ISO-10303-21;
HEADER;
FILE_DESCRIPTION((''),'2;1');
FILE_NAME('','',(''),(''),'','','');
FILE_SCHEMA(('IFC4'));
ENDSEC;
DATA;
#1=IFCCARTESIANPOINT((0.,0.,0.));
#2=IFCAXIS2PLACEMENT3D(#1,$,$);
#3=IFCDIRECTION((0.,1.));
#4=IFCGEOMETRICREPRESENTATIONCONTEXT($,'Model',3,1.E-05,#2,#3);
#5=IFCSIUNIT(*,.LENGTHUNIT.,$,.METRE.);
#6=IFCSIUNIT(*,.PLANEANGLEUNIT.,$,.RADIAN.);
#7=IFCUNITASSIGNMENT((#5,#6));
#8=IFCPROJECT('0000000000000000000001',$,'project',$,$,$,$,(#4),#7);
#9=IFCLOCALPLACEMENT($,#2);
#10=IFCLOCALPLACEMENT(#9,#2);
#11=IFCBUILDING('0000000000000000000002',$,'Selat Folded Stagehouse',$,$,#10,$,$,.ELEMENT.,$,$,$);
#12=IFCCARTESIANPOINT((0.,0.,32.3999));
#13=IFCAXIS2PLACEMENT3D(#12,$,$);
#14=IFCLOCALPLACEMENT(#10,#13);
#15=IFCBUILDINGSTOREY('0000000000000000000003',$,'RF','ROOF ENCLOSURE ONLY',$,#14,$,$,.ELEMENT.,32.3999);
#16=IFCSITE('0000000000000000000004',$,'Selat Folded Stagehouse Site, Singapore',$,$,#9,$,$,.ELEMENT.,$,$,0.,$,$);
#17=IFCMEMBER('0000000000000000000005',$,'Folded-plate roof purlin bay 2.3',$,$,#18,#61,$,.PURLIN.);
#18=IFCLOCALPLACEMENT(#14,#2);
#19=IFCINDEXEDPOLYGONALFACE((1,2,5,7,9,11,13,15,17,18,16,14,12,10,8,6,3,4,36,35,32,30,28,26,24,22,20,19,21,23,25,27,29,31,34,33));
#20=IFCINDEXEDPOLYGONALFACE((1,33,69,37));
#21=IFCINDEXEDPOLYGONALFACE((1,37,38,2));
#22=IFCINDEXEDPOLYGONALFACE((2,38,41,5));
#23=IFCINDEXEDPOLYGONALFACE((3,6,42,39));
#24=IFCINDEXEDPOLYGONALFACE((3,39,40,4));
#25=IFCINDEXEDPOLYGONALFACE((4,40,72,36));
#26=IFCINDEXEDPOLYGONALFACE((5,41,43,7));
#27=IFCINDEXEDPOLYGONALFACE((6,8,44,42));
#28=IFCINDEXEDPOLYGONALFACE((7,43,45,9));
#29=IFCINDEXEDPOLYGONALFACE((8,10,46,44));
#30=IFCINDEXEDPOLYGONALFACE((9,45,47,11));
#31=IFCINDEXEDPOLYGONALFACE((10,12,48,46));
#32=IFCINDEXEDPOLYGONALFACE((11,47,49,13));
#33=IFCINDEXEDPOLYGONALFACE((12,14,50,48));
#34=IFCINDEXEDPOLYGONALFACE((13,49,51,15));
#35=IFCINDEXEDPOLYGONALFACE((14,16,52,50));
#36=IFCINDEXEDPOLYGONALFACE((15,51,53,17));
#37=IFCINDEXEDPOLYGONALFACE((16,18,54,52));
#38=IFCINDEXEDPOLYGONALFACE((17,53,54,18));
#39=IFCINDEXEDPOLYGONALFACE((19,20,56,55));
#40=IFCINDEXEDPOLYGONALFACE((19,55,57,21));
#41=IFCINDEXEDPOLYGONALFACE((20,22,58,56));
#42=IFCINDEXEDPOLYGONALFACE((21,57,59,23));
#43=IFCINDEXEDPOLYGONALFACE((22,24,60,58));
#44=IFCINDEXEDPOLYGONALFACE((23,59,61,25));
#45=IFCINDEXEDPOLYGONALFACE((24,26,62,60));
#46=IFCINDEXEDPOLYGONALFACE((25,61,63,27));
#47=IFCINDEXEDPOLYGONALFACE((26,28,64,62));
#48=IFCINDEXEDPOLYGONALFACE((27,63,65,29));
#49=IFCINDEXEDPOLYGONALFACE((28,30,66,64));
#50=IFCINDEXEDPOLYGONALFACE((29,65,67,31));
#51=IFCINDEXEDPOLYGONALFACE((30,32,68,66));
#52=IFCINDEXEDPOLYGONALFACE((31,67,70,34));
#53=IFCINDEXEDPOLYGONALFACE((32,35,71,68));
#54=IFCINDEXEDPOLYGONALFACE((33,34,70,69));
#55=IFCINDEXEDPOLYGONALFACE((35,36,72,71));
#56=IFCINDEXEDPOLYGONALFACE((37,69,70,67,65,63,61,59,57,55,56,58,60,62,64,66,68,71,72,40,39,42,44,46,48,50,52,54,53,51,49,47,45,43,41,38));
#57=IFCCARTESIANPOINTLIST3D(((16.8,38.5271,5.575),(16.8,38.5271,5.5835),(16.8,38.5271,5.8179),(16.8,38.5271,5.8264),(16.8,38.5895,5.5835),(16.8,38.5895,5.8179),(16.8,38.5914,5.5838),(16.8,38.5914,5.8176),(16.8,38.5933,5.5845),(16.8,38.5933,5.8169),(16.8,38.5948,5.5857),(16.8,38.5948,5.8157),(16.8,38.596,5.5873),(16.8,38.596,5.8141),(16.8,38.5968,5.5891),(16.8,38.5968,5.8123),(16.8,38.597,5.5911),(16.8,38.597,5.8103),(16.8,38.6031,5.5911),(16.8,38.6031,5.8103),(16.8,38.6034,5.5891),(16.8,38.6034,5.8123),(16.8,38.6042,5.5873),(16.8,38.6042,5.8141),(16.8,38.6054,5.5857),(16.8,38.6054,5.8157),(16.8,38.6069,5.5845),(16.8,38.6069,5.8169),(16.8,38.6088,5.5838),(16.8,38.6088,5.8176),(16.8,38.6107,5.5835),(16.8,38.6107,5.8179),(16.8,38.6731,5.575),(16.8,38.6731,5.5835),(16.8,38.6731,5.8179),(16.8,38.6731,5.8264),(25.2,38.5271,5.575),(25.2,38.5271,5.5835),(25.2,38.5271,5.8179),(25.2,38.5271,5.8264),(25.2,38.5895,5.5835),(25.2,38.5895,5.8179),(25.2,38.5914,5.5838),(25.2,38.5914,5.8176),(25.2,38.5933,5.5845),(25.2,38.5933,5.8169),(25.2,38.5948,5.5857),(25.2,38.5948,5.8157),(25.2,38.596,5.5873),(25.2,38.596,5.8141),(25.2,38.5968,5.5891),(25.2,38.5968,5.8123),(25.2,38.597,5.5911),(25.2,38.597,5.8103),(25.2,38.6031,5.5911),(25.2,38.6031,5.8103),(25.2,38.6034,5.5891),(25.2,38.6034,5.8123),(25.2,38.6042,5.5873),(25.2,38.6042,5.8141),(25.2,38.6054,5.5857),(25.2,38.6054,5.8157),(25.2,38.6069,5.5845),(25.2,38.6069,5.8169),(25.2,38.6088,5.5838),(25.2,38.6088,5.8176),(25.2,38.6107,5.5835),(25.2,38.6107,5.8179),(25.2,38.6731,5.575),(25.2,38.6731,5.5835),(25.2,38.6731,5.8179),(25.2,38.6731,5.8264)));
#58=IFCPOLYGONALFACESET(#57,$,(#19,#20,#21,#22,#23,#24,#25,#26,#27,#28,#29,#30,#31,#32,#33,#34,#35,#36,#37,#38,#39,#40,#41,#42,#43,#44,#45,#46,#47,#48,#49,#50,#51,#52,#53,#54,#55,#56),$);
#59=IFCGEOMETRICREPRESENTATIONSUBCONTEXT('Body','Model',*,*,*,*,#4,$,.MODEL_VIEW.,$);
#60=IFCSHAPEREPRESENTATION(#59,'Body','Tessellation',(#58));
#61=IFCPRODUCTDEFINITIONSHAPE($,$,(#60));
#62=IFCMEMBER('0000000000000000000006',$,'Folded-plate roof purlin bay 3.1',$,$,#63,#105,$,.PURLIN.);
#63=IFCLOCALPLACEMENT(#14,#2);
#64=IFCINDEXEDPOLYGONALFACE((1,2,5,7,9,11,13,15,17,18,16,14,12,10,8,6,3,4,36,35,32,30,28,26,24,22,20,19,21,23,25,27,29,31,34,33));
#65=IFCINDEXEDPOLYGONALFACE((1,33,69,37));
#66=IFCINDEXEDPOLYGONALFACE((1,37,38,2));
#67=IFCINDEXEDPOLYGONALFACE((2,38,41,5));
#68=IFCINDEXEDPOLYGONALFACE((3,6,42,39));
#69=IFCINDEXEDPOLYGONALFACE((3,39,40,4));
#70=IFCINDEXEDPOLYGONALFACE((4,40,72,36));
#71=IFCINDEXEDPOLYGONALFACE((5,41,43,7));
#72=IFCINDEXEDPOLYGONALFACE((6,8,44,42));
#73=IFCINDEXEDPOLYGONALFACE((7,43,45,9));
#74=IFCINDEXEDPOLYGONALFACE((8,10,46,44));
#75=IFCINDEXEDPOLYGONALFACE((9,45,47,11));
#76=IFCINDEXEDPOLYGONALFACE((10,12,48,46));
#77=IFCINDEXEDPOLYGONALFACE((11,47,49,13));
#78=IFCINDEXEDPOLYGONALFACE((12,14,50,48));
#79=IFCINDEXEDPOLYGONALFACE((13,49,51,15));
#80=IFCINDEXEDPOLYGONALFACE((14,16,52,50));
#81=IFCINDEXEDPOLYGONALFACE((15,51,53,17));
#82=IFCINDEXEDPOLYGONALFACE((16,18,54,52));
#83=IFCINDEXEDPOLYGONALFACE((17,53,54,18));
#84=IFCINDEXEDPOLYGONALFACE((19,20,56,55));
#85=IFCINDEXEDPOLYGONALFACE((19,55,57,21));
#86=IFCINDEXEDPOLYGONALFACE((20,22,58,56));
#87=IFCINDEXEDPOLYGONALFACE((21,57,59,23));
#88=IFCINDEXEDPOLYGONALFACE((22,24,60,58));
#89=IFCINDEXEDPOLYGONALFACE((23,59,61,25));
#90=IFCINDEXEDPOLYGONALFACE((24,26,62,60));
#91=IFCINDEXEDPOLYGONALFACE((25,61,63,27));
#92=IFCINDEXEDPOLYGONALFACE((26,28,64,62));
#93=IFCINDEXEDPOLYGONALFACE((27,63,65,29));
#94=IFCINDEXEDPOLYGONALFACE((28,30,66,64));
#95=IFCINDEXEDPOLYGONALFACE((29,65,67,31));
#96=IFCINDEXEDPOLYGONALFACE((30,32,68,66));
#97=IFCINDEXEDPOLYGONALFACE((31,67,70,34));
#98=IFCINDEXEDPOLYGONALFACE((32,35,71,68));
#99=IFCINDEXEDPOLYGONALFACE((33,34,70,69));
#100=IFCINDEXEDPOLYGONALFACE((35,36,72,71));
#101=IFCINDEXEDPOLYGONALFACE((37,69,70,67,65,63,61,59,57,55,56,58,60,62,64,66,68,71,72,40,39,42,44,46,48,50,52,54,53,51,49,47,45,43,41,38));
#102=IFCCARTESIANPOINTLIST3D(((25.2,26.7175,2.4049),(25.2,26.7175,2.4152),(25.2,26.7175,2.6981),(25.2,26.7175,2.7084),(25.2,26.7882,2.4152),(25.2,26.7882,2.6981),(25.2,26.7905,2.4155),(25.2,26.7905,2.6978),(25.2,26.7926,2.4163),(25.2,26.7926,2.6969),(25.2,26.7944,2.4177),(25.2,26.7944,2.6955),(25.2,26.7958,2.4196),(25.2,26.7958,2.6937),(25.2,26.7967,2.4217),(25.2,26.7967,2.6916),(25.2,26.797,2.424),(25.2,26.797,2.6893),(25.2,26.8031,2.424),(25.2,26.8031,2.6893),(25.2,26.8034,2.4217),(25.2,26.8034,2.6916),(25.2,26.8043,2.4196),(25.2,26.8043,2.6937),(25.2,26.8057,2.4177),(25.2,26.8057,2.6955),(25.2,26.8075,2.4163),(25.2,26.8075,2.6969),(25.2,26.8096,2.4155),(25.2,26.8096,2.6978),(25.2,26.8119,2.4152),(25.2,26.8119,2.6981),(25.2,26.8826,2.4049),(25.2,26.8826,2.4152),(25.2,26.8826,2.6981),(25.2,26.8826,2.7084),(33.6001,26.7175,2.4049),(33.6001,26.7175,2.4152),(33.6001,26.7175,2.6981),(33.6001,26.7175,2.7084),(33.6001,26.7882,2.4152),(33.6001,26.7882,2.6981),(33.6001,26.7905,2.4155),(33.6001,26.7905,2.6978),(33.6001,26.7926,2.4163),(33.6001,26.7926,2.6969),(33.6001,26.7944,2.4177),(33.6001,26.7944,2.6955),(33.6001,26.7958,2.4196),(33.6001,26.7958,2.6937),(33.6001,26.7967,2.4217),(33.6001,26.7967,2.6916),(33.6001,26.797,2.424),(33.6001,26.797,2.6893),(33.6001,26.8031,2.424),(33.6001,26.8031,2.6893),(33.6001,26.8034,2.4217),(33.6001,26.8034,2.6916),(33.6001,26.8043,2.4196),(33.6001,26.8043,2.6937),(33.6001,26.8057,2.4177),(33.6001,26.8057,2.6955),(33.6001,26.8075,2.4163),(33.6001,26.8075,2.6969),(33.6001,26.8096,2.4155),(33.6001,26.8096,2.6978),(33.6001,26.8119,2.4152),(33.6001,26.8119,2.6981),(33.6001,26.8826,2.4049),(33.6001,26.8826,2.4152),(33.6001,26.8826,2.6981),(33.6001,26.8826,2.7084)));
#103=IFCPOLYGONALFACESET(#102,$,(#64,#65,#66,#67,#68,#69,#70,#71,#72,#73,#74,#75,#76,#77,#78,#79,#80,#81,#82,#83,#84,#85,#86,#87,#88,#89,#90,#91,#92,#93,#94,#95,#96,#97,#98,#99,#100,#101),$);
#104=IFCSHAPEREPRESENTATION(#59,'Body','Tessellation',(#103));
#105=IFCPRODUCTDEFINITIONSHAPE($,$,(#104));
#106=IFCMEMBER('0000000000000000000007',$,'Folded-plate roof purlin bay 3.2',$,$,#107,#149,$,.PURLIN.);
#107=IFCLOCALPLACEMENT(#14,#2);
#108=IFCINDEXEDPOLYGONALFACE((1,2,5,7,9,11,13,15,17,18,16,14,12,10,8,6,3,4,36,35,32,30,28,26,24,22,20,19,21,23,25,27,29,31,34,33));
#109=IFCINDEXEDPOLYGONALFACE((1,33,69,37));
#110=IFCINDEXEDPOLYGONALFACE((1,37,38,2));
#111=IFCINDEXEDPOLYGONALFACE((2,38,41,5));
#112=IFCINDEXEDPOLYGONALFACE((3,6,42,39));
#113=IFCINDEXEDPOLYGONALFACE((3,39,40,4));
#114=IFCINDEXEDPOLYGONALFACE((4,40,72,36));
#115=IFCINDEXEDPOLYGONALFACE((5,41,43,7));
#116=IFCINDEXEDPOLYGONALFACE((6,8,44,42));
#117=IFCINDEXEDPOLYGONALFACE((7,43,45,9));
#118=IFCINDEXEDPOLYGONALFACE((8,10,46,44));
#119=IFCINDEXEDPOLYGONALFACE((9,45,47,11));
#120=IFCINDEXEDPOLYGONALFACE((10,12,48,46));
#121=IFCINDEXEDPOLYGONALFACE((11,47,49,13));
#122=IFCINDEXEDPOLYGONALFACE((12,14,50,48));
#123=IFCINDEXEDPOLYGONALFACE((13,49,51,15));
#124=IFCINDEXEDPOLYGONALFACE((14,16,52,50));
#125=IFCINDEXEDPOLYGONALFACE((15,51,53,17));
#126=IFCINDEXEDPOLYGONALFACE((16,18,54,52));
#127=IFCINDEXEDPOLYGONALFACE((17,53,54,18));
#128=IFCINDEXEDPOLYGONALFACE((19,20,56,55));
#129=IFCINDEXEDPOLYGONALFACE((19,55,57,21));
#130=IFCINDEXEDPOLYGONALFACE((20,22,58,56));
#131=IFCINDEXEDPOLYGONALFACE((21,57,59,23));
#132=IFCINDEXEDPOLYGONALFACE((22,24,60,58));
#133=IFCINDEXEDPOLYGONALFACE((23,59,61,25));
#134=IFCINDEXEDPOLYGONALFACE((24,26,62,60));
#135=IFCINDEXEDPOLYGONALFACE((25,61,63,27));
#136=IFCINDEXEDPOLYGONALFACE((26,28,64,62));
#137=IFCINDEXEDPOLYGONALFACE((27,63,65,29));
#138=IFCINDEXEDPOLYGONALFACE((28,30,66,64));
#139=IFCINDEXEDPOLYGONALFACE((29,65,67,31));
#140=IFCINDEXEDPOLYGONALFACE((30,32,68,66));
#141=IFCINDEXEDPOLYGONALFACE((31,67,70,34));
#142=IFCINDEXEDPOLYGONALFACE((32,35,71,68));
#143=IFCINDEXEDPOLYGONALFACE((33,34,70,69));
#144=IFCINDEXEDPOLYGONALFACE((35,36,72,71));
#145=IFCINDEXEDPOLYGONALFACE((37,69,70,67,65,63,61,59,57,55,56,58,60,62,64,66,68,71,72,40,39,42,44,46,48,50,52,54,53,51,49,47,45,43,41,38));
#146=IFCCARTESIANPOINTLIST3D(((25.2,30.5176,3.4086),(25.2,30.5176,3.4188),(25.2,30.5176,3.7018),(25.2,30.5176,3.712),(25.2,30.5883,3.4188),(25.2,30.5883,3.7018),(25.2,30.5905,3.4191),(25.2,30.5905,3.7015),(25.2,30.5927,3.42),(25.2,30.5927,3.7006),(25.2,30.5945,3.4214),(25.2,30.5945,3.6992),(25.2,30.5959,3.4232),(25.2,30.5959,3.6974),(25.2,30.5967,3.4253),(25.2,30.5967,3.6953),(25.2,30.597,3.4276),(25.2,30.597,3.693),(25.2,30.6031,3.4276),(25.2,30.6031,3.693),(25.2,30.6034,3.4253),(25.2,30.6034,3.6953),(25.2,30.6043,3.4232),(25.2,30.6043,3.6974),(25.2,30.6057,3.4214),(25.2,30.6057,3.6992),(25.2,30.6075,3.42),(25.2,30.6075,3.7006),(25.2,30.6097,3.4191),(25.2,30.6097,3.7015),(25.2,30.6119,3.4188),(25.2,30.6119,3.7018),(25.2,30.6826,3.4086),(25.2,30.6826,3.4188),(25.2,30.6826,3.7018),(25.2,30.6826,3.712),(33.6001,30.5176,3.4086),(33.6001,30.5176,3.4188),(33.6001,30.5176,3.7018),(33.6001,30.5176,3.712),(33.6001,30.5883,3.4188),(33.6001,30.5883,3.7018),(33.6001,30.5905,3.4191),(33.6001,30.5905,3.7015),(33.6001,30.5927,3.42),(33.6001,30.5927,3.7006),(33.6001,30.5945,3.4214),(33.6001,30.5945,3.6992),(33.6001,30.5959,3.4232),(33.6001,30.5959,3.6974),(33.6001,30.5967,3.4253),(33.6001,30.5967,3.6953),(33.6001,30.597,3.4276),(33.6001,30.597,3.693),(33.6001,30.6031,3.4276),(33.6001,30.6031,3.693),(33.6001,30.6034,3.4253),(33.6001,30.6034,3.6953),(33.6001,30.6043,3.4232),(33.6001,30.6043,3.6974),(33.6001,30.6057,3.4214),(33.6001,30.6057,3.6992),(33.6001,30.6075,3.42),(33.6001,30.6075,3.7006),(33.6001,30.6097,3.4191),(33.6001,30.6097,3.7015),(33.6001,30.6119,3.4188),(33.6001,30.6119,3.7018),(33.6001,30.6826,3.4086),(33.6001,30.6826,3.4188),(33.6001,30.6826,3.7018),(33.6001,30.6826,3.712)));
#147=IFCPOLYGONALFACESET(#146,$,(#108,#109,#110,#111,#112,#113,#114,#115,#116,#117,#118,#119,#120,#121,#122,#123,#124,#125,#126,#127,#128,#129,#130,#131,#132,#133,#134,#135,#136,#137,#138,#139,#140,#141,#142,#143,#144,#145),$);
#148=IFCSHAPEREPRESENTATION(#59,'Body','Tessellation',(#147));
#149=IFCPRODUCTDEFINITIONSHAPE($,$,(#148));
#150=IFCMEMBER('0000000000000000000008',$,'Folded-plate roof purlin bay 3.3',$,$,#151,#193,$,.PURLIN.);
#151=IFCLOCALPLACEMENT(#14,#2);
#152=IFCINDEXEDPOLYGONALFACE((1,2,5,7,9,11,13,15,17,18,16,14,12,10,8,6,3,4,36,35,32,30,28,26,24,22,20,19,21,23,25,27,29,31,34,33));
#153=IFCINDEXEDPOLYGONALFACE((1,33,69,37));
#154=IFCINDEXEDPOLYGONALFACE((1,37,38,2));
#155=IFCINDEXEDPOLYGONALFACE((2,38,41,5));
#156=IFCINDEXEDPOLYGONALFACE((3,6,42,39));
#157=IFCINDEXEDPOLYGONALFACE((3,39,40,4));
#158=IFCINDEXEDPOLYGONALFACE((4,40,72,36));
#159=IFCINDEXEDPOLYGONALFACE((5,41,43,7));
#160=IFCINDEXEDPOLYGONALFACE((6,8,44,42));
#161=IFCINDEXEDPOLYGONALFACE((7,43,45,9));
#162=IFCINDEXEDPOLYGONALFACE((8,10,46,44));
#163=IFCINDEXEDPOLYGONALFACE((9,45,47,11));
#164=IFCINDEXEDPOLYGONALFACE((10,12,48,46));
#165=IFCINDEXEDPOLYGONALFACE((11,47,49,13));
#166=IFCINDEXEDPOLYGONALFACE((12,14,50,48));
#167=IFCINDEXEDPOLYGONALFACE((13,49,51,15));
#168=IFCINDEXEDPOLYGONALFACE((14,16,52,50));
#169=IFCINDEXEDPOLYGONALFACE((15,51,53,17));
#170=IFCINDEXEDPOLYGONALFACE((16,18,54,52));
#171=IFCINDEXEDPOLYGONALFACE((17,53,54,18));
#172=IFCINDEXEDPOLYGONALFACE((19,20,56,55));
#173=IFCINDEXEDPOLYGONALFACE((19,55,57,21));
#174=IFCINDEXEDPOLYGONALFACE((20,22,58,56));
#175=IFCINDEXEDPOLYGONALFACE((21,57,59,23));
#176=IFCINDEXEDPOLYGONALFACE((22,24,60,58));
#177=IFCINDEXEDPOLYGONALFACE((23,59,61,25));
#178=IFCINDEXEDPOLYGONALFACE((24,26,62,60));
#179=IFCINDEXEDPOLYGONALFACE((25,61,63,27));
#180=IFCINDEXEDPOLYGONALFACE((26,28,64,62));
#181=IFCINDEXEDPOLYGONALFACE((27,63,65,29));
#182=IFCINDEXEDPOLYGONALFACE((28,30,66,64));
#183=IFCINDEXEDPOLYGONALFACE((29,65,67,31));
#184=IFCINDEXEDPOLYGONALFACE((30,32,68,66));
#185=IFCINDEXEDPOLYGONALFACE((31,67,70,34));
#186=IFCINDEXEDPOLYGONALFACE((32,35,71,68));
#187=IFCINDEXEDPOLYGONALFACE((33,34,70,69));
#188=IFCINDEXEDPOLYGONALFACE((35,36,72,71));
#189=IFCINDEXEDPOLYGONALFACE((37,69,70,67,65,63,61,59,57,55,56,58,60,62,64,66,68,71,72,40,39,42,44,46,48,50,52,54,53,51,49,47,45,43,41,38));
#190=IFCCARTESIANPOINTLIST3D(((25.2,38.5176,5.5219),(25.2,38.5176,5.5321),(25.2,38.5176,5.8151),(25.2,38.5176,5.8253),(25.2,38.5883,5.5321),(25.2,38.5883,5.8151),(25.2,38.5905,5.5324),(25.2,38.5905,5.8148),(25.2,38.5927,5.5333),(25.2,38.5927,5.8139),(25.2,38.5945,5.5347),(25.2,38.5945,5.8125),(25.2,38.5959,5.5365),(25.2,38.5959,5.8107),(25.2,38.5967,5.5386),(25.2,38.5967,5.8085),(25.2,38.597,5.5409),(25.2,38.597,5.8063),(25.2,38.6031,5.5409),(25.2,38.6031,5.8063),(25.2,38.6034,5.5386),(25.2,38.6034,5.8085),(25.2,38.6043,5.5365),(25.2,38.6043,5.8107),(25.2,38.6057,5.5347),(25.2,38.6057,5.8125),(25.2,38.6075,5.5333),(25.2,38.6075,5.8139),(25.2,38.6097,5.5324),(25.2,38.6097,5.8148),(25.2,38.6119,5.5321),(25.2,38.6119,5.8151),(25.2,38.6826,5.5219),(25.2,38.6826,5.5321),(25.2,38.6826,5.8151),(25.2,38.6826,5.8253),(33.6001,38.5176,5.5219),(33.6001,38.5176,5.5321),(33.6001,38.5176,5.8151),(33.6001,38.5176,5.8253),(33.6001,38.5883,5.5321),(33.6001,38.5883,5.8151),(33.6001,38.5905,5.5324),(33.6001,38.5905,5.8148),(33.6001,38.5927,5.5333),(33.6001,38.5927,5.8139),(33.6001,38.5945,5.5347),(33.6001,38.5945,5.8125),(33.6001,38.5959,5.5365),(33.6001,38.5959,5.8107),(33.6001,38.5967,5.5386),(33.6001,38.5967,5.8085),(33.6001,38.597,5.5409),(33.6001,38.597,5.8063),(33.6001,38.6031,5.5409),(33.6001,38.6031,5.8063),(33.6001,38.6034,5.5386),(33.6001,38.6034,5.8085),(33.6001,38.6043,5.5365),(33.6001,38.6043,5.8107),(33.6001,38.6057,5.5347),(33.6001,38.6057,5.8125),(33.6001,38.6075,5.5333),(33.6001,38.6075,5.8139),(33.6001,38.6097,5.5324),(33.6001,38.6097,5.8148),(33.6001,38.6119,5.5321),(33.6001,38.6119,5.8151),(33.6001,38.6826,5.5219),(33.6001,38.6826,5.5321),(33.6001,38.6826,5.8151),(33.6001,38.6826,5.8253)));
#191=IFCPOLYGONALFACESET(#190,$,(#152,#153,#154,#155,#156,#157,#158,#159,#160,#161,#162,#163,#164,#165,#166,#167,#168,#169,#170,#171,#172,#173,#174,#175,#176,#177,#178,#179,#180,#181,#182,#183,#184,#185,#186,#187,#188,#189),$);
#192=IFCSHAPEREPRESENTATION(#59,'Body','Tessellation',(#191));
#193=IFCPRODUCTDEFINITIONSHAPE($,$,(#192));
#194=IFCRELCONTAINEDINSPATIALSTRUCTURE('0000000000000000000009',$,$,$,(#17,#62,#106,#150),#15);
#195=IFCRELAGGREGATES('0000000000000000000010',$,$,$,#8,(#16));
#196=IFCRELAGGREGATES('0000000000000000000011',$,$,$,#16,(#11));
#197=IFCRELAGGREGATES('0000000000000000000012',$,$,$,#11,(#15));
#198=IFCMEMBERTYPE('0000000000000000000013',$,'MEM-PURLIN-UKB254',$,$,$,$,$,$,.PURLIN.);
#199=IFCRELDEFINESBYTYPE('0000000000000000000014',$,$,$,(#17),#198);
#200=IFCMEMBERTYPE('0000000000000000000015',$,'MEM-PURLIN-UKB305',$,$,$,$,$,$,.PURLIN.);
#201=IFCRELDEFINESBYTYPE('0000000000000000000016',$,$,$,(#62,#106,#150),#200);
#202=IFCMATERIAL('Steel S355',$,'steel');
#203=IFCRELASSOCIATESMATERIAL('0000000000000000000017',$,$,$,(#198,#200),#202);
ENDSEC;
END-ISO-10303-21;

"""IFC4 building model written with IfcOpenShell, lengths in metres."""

from ifc_helpers import new_model, si_unit, direction, frame, origin, origin_2d, place, context, subcontext, project, spatial, i_section, extrude, material, material_profile, profile_set, type_object, element, save


model = new_model("IFC4")

# Units and contexts
model_context = context("Model", 3, precision=1e-05, world=origin(), true_north=direction((0.0, 1.0)))
body_context = subcontext(model_context, "Body", "Model", "MODEL_VIEW")
ifc_project = project(units=[si_unit("LENGTHUNIT", "METRE"), si_unit("PLANEANGLEUNIT", "RADIAN")], contexts=[model_context])

# Site, building, storey
site_placement = place(None, origin())
site = spatial("IfcSite", under=ifc_project, at=site_placement, Name="Selat Folded Stagehouse Site, Singapore", CompositionType="ELEMENT", RefElevation=0.0)
building_placement = place(site_placement, origin())
building = spatial("IfcBuilding", under=site, at=building_placement, Name="Selat Folded Stagehouse", CompositionType="ELEMENT")
storey_placement = place(building_placement, frame((0.0, 0.0, 32.3999)))
storey = spatial("IfcBuildingStorey", under=building, at=storey_placement, Name="RF", Description="ROOF ENCLOSURE ONLY", CompositionType="ELEMENT", Elevation=32.3999)

# Shared definitions
ifc_material = material(Name="Steel S355", Category="steel")

# Members
ifc_material_profile_1 = material_profile(ifc_material, i_section(OverallWidth=0.146, OverallDepth=0.2515, WebThickness=0.0061, FlangeThickness=0.0085, FilletRadius=0.0076, at=origin_2d()), Name="UKB 254x146x31")
ifc_profile_set_1 = profile_set([ifc_material_profile_1], Name="Steel S355")
member_type_1 = type_object("IfcMemberType", Name="MEM-PURLIN-UKB254", PredefinedType="PURLIN", material=ifc_profile_set_1)
for number, where, z_axis, x_axis, name in (
    (1, (16.8, 38.6001, 5.7007), (1.0, 0.0, 0.0), (0.0, 1.0, 0.0), "Folded-plate roof purlin bay 2.3"),
):
    element("IfcMember", number, at=place(storey_placement, frame(where, z_axis=z_axis, x_axis=x_axis)), inside=storey, type_object=member_type_1, Name=name, PredefinedType="PURLIN", context=body_context, shape_type="SweptSolid", body=[
        extrude(i_section(OverallWidth=0.146, OverallDepth=0.2515, WebThickness=0.0061, FlangeThickness=0.0085, FilletRadius=0.0076, at=origin_2d()), origin(), (0.0, 0.0, 1.0), 8.3999),
    ])
ifc_material_profile_2 = material_profile(ifc_material, i_section(OverallWidth=0.165, OverallDepth=0.3035, WebThickness=0.0061, FlangeThickness=0.0103, FilletRadius=0.0088, at=origin_2d()), Name="UKB 305x165x40")
ifc_profile_set_2 = profile_set([ifc_material_profile_2], Name="Steel S355")
member_type_2 = type_object("IfcMemberType", Name="MEM-PURLIN-UKB305", PredefinedType="PURLIN", material=ifc_profile_set_2)
for number, where, z_axis, x_axis, name in (
    (2, (25.2, 26.8, 2.5566), (1.0, 0.0, 0.0), (0.0, 1.0, 0.0), "Folded-plate roof purlin bay 3.1"),
    (3, (25.2, 30.6001, 3.5603), (1.0, 0.0, 0.0), (0.0, 1.0, 0.0), "Folded-plate roof purlin bay 3.2"),
    (4, (25.2, 38.6001, 5.6736), (1.0, 0.0, 0.0), (0.0, 1.0, 0.0), "Folded-plate roof purlin bay 3.3"),
):
    element("IfcMember", number, at=place(storey_placement, frame(where, z_axis=z_axis, x_axis=x_axis)), inside=storey, type_object=member_type_2, Name=name, PredefinedType="PURLIN", context=body_context, shape_type="SweptSolid", body=[
        extrude(i_section(OverallWidth=0.165, OverallDepth=0.3035, WebThickness=0.0061, FlangeThickness=0.0103, FilletRadius=0.0088, at=origin_2d()), origin(), (0.0, 0.0, 1.0), 8.4001),
    ])

save(model, "model.ifc")
